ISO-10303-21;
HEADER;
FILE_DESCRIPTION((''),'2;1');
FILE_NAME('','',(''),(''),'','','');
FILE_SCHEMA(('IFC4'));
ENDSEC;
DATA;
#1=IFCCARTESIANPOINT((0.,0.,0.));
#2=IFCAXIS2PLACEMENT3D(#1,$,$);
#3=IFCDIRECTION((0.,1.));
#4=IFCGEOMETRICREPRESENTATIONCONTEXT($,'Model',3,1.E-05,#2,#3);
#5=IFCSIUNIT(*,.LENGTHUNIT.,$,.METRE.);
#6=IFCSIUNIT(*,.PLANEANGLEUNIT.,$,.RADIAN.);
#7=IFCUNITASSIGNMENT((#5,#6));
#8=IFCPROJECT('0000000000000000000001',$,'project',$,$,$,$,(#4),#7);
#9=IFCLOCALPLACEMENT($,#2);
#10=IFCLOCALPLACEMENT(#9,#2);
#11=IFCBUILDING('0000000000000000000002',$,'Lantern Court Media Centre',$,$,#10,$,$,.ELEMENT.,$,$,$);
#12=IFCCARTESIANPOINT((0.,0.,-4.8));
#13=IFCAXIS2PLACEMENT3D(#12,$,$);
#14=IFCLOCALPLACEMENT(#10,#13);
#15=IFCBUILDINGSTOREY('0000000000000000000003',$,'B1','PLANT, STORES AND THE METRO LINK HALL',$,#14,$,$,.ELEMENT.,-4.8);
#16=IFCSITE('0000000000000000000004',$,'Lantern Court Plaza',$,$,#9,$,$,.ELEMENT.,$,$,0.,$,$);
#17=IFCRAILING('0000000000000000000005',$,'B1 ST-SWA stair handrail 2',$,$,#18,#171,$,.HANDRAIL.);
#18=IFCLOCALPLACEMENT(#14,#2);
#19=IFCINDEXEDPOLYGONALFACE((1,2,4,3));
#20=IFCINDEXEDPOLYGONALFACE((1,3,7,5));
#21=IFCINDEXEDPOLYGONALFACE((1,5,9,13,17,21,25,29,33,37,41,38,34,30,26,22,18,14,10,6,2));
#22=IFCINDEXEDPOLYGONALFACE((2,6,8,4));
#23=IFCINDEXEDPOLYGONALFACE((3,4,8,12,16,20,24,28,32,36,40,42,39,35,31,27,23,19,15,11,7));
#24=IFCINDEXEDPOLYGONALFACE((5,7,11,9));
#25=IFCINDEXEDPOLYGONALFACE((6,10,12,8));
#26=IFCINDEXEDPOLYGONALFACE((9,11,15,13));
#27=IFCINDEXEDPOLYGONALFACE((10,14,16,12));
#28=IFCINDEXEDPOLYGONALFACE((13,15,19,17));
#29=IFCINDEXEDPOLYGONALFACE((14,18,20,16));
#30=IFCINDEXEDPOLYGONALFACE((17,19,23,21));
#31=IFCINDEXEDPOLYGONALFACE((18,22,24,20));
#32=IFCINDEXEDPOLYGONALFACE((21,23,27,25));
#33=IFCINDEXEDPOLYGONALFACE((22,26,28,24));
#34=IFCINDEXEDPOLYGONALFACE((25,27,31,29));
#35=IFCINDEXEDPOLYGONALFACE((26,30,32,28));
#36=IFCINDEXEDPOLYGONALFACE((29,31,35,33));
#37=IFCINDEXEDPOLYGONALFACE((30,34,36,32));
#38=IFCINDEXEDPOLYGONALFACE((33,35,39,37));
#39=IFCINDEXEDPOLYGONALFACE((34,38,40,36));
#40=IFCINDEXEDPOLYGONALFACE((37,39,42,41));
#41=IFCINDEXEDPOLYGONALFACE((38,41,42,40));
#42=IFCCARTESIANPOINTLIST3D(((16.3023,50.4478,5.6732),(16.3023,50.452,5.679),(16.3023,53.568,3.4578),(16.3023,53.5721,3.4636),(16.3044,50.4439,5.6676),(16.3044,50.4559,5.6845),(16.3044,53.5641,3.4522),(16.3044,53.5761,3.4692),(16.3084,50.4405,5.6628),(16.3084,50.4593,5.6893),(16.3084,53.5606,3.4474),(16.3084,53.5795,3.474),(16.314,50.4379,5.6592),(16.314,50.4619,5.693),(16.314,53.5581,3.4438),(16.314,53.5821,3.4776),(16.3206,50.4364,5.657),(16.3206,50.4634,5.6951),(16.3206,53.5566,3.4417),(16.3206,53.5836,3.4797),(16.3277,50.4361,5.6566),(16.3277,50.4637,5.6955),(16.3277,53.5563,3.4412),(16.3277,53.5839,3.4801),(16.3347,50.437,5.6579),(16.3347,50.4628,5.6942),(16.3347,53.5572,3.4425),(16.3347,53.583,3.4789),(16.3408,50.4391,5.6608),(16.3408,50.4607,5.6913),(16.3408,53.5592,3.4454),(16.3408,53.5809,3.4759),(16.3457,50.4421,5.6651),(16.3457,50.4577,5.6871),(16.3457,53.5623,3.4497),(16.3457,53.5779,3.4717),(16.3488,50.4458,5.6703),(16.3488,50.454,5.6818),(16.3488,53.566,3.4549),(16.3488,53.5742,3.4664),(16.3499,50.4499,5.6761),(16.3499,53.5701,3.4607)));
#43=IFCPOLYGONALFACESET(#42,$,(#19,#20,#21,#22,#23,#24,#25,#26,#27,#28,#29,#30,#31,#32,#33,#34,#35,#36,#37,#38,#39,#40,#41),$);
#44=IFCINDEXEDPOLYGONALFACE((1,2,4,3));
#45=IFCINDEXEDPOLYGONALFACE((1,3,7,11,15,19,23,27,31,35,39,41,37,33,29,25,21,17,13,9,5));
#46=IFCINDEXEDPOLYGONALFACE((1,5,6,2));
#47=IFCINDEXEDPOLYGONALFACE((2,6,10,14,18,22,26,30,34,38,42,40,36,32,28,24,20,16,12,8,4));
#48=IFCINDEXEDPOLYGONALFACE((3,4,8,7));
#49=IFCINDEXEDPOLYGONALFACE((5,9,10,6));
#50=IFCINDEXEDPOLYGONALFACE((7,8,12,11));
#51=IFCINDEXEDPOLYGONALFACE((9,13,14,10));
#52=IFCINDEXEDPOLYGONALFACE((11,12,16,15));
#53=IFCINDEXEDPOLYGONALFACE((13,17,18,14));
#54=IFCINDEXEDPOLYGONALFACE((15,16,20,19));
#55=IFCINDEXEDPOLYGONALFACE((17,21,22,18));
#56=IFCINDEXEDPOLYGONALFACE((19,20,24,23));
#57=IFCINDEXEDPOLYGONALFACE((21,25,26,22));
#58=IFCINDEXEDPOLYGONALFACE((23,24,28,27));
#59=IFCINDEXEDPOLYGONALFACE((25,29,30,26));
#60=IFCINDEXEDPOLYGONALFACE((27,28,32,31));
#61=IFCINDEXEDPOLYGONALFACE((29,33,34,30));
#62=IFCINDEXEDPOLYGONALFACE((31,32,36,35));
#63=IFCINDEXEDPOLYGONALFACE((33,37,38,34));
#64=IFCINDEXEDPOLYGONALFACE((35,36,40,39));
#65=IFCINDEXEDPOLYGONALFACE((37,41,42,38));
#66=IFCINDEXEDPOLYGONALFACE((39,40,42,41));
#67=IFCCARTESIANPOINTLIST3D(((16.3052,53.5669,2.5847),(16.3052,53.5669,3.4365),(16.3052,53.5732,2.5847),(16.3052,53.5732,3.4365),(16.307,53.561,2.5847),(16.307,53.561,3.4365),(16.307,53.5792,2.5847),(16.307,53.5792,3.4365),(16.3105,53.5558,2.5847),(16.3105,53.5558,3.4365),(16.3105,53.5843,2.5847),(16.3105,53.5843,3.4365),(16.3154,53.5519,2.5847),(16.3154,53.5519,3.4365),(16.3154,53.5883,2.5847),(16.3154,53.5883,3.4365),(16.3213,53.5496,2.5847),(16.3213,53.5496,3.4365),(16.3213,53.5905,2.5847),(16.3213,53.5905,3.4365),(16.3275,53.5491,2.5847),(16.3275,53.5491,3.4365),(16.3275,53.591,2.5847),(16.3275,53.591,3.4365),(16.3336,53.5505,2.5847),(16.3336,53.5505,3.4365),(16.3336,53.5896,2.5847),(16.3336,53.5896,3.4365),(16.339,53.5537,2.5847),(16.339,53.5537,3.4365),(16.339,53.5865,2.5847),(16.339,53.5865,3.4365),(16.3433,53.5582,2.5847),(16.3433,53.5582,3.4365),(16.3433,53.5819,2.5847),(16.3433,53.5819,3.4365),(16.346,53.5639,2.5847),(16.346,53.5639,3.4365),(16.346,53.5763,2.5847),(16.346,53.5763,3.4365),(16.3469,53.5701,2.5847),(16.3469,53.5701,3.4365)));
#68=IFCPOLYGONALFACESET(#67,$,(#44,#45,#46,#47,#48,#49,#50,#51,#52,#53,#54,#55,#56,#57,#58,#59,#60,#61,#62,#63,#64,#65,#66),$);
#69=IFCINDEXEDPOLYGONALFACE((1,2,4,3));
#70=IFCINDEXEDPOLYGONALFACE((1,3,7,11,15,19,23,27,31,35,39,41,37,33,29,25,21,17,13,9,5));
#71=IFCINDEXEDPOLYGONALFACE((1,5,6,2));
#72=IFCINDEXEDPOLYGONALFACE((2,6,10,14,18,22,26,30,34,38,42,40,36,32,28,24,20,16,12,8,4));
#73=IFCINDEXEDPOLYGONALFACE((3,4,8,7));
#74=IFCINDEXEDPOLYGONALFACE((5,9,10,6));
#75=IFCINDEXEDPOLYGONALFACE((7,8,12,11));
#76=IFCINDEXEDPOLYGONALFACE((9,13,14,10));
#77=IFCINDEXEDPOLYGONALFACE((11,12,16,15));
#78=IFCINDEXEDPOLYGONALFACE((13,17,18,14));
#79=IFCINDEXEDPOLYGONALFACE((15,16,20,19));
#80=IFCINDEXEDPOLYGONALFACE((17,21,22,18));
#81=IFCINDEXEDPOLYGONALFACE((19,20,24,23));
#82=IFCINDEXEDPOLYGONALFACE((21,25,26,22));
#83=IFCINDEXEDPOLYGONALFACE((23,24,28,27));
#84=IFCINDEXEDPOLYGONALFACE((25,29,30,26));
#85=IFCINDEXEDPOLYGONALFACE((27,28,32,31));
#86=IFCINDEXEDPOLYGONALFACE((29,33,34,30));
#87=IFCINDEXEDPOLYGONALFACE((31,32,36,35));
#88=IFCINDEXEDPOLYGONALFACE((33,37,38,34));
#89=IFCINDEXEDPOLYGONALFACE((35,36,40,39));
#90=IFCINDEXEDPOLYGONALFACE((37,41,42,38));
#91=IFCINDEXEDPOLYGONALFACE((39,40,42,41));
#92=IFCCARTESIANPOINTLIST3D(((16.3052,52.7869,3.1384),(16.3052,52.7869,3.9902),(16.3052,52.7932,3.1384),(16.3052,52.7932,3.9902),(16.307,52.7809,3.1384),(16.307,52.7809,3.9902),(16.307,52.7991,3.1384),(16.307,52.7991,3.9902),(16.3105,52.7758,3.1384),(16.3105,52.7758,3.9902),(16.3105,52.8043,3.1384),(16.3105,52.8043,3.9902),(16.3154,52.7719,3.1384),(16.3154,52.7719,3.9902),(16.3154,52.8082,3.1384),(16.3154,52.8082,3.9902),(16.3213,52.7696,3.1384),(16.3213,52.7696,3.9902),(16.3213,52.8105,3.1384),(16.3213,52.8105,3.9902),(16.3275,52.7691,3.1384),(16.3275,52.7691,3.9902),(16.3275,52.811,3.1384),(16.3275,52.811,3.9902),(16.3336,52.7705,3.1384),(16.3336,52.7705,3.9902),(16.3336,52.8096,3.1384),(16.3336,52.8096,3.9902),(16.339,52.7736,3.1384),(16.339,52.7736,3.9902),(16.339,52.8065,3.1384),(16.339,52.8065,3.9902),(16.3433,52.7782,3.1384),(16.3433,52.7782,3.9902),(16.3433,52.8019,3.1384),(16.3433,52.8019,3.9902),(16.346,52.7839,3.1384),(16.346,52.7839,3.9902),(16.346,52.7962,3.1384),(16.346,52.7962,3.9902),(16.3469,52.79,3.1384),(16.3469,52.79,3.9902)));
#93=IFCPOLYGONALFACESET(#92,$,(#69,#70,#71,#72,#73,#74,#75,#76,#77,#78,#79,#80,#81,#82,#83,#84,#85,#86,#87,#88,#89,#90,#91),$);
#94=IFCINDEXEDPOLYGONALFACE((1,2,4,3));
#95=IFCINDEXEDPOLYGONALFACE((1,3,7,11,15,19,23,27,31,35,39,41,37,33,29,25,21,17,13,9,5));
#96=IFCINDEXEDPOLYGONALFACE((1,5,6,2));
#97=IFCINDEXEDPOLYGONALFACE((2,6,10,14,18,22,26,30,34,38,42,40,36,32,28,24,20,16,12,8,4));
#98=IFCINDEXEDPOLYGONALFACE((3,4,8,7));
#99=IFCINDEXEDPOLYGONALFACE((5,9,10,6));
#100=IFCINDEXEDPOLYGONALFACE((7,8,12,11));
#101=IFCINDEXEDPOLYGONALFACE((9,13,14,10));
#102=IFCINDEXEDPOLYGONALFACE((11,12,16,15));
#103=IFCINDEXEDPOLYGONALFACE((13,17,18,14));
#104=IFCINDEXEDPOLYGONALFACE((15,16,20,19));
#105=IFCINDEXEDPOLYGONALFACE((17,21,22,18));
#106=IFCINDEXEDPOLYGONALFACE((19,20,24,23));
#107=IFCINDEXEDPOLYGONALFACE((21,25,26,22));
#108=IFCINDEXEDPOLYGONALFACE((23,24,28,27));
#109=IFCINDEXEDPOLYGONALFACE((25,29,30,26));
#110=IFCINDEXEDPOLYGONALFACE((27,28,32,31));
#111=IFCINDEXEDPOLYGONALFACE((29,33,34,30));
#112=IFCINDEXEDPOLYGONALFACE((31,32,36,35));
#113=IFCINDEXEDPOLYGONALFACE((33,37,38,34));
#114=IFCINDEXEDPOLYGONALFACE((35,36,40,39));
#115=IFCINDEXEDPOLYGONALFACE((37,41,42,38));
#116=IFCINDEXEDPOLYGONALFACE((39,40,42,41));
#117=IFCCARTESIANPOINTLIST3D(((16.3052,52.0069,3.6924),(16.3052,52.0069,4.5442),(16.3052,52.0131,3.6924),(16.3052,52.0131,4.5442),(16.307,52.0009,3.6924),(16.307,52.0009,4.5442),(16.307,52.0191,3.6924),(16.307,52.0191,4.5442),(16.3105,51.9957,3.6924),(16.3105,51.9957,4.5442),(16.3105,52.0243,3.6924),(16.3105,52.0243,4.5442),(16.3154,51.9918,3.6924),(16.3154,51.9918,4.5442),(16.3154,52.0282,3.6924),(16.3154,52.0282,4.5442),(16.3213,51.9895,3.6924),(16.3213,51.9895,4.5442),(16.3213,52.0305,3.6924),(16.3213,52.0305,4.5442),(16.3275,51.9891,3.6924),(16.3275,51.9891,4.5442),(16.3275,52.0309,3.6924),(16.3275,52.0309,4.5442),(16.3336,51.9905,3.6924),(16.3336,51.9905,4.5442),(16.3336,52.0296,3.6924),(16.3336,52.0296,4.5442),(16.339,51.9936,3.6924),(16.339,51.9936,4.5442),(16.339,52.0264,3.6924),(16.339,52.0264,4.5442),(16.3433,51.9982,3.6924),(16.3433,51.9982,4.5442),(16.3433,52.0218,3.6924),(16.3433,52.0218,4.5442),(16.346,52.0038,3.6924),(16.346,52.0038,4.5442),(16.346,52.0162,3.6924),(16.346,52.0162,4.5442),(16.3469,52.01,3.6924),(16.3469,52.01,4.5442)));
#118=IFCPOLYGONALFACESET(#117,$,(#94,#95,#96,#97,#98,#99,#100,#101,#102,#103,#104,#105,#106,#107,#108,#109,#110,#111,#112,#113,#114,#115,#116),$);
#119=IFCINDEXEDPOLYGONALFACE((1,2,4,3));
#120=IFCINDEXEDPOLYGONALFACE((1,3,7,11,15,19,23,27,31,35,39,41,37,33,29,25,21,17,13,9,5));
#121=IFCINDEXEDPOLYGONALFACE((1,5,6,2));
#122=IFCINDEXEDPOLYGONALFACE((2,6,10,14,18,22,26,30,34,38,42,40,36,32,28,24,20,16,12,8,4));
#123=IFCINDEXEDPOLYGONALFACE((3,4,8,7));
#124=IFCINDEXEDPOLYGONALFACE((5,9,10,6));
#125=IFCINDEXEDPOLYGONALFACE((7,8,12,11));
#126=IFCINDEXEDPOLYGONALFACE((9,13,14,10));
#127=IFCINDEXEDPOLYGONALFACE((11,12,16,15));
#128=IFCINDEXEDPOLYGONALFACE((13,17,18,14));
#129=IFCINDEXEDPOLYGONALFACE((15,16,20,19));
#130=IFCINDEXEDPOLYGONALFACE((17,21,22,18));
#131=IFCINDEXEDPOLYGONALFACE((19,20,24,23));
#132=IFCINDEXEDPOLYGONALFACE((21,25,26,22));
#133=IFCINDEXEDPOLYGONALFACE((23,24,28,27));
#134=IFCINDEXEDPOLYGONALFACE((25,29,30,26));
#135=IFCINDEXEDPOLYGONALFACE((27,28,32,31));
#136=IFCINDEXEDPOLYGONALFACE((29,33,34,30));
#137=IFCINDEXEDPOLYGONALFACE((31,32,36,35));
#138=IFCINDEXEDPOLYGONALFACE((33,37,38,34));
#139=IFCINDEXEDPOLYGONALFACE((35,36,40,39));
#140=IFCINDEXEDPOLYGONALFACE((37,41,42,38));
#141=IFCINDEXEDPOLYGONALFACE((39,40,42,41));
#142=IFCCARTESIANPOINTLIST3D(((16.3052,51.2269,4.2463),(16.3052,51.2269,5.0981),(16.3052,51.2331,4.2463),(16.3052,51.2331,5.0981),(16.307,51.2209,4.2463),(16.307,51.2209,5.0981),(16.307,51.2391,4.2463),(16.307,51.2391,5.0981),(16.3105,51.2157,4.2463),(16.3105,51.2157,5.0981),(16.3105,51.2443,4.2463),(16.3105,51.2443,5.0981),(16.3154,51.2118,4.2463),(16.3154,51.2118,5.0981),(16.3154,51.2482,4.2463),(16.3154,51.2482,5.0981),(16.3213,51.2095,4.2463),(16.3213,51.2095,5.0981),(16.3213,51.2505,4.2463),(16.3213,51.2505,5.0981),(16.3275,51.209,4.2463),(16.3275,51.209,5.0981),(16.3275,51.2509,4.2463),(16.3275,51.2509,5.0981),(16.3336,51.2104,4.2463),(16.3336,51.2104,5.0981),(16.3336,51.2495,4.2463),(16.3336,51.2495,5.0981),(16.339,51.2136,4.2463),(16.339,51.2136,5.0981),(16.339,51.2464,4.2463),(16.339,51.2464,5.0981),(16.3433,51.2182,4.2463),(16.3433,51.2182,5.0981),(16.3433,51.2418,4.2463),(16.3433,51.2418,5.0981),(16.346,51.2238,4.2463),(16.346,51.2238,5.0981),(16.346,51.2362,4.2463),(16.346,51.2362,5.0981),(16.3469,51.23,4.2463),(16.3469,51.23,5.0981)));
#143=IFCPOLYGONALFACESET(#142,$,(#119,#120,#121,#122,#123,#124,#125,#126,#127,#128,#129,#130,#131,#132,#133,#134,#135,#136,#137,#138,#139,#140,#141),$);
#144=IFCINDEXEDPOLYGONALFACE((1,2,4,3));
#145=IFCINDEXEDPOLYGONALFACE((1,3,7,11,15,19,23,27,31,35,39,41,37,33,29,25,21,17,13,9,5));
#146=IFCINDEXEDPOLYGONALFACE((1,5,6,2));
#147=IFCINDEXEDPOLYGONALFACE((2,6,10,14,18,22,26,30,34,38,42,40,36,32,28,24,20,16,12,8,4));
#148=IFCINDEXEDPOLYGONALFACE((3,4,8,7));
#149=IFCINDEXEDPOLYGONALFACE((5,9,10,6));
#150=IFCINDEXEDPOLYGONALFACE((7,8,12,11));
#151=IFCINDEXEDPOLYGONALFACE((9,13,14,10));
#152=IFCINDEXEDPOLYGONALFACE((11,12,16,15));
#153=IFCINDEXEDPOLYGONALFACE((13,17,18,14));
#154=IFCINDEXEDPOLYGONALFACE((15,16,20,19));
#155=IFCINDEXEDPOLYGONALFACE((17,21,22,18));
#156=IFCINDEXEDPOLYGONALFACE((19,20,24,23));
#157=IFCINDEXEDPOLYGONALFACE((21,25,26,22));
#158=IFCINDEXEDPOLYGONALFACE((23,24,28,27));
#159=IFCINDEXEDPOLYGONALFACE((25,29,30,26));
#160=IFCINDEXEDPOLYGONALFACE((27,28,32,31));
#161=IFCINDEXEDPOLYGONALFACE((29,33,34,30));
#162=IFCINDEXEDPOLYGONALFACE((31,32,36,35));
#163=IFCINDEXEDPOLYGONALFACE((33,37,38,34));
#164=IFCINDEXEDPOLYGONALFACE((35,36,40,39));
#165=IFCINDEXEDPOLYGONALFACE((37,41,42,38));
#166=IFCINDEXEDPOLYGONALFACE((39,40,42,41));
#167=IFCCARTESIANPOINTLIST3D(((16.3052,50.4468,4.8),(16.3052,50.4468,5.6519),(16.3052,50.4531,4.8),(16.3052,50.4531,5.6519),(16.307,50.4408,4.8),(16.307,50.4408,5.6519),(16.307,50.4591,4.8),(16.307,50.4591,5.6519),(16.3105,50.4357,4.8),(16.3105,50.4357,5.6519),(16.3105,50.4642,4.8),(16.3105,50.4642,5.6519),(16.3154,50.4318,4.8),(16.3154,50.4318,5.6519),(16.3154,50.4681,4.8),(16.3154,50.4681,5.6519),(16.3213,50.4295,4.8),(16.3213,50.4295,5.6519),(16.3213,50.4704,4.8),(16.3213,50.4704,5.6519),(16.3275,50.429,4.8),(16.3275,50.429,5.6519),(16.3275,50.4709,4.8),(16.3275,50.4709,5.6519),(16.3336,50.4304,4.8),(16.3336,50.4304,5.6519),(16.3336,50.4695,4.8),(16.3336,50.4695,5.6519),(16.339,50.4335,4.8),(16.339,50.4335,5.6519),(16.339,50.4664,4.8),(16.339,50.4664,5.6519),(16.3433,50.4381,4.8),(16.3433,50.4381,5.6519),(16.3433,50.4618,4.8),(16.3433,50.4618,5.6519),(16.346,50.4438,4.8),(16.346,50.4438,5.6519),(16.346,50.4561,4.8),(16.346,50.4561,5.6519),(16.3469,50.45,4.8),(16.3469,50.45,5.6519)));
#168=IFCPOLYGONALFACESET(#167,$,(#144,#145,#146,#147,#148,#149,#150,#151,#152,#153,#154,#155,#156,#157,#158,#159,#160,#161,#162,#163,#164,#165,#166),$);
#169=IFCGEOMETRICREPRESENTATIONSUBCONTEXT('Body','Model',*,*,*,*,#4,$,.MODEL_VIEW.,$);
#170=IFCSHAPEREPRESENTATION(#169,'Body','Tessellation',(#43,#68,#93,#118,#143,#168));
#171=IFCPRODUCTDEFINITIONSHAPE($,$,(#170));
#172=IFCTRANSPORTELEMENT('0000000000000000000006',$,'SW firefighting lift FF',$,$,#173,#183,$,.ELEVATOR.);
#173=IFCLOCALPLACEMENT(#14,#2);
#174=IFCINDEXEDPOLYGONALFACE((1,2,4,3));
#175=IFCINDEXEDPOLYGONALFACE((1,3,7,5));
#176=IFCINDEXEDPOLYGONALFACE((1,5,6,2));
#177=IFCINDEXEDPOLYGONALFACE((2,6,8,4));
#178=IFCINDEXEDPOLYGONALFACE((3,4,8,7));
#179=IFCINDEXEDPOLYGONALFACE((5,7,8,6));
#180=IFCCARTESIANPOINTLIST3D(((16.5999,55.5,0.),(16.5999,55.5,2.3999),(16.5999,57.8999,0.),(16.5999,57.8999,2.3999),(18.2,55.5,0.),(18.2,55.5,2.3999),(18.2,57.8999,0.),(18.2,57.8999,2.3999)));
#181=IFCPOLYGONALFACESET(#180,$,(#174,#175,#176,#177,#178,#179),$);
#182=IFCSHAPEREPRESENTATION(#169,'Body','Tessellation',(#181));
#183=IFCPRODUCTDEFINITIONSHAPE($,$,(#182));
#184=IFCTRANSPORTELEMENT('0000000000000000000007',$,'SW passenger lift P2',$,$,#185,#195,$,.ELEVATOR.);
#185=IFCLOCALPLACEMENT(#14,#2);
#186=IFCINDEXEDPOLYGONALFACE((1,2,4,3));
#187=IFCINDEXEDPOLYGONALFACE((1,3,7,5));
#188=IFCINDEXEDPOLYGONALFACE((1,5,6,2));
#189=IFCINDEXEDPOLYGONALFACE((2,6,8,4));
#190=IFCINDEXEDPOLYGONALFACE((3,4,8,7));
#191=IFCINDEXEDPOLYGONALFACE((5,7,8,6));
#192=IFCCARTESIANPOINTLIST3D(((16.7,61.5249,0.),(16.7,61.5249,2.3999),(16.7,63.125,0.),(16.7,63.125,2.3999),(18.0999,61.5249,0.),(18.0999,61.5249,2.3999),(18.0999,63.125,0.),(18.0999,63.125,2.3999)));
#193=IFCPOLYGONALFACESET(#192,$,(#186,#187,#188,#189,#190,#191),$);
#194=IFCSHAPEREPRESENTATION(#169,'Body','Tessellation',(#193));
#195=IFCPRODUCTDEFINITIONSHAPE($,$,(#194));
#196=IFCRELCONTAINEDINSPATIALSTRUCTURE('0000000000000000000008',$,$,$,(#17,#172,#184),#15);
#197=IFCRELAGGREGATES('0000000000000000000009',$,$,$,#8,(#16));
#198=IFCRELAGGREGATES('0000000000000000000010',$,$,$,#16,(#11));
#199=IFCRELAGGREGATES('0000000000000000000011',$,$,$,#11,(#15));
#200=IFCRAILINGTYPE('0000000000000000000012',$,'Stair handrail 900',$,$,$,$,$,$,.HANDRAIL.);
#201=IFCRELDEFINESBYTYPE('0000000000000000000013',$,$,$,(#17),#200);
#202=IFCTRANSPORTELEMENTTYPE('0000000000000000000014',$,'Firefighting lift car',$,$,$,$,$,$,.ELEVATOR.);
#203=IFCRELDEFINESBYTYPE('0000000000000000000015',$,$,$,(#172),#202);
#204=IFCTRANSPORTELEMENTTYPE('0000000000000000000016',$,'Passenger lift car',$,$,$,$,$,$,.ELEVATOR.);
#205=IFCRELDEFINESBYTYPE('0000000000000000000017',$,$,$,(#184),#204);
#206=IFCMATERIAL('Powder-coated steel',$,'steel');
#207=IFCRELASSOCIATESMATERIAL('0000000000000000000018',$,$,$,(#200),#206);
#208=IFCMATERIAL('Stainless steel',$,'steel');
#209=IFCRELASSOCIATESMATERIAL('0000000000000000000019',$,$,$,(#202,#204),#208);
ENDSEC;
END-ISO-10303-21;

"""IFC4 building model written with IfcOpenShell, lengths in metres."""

from ifc_helpers import new_model, si_unit, direction, frame, origin, origin_2d, place, context, subcontext, project, spatial, rectangle, circle, extrude, material, type_object, element, save


model = new_model("IFC4")

# Units and contexts
model_context = context("Model", 3, precision=1e-05, world=origin(), true_north=direction((0.0, 1.0)))
body_context = subcontext(model_context, "Body", "Model", "MODEL_VIEW")
ifc_project = project(units=[si_unit("LENGTHUNIT", "METRE"), si_unit("PLANEANGLEUNIT", "RADIAN")], contexts=[model_context])

# Site, building, storey
site_placement = place(None, origin())
site = spatial("IfcSite", under=ifc_project, at=site_placement, Name="Lantern Court Plaza", CompositionType="ELEMENT", RefElevation=0.0)
building_placement = place(site_placement, origin())
building = spatial("IfcBuilding", under=site, at=building_placement, Name="Lantern Court Media Centre", CompositionType="ELEMENT")
storey_placement = place(building_placement, frame((0.0, 0.0, -4.8)))
storey = spatial("IfcBuildingStorey", under=building, at=storey_placement, Name="B1", Description="PLANT, STORES AND THE METRO LINK HALL", CompositionType="ELEMENT", Elevation=-4.8)

# Railing
ifc_material_1 = material(Name="Powder-coated steel", Category="steel")
railing_type_1 = type_object("IfcRailingType", Name="Stair handrail 900", PredefinedType="HANDRAIL", material=ifc_material_1)
railing_1_placement = place(storey_placement, frame((16.3259, 53.5701, 2.5847)))
element("IfcRailing", 1, at=railing_1_placement, inside=storey, type_object=railing_type_1, Name="B1 ST-SWA stair handrail 2", PredefinedType="HANDRAIL", context=body_context, shape_type="SweptSolid", body=[
    extrude(circle(Radius=0.0239, at=origin_2d()), frame((0.0, 0.0, 0.876), z_axis=(0.0, -0.815377, 0.57893), x_axis=(1.0, 0.0, 0.0)), (0.0, 0.0, 1.0), 3.8267),
    extrude(circle(Radius=0.021, at=origin_2d()), origin(), (0.0, 0.0, 1.0), 0.8518),
    extrude(circle(Radius=0.021, at=origin_2d()), frame((0.0, -0.78, 0.5537)), (0.0, 0.0, 1.0), 0.8518),
    extrude(circle(Radius=0.021, at=origin_2d()), frame((0.0, -1.5601, 1.1077)), (0.0, 0.0, 1.0), 0.8518),
    extrude(circle(Radius=0.021, at=origin_2d()), frame((0.0, -2.3401, 1.6616)), (0.0, 0.0, 1.0), 0.8518),
    extrude(circle(Radius=0.021, at=origin_2d()), frame((0.0, -3.1201, 2.2153)), (0.0, 0.0, 1.0), 0.8518),
])

# Transport elements
ifc_material_2 = material(Name="Stainless steel", Category="steel")
transport_element_type_1 = type_object("IfcTransportElementType", Name="Firefighting lift car", PredefinedType="ELEVATOR", material=ifc_material_2)
transport_element_1_placement = place(storey_placement, frame((17.3999, 56.7, 0.0), z_axis=(0.0, 0.0, 1.0), x_axis=(1.0, 0.0, 0.0)))
element("IfcTransportElement", 2, at=transport_element_1_placement, inside=storey, type_object=transport_element_type_1, Name="SW firefighting lift FF", PredefinedType="ELEVATOR", context=body_context, shape_type="SweptSolid", body=[
    extrude(rectangle(XDim=1.6001, YDim=2.3999, at=origin_2d()), origin(), (0.0, 0.0, 1.0), 2.3999),
])
transport_element_type_2 = type_object("IfcTransportElementType", Name="Passenger lift car", PredefinedType="ELEVATOR", material=ifc_material_2)
transport_element_2_placement = place(storey_placement, frame((17.3999, 62.325, 0.0), z_axis=(0.0, 0.0, 1.0), x_axis=(1.0, 0.0, 0.0)))
element("IfcTransportElement", 3, at=transport_element_2_placement, inside=storey, type_object=transport_element_type_2, Name="SW passenger lift P2", PredefinedType="ELEVATOR", context=body_context, shape_type="SweptSolid", body=[
    extrude(rectangle(XDim=1.3999, YDim=1.6001, at=origin_2d()), origin(), (0.0, 0.0, 1.0), 2.3999),
])

save(model, "model.ifc")
